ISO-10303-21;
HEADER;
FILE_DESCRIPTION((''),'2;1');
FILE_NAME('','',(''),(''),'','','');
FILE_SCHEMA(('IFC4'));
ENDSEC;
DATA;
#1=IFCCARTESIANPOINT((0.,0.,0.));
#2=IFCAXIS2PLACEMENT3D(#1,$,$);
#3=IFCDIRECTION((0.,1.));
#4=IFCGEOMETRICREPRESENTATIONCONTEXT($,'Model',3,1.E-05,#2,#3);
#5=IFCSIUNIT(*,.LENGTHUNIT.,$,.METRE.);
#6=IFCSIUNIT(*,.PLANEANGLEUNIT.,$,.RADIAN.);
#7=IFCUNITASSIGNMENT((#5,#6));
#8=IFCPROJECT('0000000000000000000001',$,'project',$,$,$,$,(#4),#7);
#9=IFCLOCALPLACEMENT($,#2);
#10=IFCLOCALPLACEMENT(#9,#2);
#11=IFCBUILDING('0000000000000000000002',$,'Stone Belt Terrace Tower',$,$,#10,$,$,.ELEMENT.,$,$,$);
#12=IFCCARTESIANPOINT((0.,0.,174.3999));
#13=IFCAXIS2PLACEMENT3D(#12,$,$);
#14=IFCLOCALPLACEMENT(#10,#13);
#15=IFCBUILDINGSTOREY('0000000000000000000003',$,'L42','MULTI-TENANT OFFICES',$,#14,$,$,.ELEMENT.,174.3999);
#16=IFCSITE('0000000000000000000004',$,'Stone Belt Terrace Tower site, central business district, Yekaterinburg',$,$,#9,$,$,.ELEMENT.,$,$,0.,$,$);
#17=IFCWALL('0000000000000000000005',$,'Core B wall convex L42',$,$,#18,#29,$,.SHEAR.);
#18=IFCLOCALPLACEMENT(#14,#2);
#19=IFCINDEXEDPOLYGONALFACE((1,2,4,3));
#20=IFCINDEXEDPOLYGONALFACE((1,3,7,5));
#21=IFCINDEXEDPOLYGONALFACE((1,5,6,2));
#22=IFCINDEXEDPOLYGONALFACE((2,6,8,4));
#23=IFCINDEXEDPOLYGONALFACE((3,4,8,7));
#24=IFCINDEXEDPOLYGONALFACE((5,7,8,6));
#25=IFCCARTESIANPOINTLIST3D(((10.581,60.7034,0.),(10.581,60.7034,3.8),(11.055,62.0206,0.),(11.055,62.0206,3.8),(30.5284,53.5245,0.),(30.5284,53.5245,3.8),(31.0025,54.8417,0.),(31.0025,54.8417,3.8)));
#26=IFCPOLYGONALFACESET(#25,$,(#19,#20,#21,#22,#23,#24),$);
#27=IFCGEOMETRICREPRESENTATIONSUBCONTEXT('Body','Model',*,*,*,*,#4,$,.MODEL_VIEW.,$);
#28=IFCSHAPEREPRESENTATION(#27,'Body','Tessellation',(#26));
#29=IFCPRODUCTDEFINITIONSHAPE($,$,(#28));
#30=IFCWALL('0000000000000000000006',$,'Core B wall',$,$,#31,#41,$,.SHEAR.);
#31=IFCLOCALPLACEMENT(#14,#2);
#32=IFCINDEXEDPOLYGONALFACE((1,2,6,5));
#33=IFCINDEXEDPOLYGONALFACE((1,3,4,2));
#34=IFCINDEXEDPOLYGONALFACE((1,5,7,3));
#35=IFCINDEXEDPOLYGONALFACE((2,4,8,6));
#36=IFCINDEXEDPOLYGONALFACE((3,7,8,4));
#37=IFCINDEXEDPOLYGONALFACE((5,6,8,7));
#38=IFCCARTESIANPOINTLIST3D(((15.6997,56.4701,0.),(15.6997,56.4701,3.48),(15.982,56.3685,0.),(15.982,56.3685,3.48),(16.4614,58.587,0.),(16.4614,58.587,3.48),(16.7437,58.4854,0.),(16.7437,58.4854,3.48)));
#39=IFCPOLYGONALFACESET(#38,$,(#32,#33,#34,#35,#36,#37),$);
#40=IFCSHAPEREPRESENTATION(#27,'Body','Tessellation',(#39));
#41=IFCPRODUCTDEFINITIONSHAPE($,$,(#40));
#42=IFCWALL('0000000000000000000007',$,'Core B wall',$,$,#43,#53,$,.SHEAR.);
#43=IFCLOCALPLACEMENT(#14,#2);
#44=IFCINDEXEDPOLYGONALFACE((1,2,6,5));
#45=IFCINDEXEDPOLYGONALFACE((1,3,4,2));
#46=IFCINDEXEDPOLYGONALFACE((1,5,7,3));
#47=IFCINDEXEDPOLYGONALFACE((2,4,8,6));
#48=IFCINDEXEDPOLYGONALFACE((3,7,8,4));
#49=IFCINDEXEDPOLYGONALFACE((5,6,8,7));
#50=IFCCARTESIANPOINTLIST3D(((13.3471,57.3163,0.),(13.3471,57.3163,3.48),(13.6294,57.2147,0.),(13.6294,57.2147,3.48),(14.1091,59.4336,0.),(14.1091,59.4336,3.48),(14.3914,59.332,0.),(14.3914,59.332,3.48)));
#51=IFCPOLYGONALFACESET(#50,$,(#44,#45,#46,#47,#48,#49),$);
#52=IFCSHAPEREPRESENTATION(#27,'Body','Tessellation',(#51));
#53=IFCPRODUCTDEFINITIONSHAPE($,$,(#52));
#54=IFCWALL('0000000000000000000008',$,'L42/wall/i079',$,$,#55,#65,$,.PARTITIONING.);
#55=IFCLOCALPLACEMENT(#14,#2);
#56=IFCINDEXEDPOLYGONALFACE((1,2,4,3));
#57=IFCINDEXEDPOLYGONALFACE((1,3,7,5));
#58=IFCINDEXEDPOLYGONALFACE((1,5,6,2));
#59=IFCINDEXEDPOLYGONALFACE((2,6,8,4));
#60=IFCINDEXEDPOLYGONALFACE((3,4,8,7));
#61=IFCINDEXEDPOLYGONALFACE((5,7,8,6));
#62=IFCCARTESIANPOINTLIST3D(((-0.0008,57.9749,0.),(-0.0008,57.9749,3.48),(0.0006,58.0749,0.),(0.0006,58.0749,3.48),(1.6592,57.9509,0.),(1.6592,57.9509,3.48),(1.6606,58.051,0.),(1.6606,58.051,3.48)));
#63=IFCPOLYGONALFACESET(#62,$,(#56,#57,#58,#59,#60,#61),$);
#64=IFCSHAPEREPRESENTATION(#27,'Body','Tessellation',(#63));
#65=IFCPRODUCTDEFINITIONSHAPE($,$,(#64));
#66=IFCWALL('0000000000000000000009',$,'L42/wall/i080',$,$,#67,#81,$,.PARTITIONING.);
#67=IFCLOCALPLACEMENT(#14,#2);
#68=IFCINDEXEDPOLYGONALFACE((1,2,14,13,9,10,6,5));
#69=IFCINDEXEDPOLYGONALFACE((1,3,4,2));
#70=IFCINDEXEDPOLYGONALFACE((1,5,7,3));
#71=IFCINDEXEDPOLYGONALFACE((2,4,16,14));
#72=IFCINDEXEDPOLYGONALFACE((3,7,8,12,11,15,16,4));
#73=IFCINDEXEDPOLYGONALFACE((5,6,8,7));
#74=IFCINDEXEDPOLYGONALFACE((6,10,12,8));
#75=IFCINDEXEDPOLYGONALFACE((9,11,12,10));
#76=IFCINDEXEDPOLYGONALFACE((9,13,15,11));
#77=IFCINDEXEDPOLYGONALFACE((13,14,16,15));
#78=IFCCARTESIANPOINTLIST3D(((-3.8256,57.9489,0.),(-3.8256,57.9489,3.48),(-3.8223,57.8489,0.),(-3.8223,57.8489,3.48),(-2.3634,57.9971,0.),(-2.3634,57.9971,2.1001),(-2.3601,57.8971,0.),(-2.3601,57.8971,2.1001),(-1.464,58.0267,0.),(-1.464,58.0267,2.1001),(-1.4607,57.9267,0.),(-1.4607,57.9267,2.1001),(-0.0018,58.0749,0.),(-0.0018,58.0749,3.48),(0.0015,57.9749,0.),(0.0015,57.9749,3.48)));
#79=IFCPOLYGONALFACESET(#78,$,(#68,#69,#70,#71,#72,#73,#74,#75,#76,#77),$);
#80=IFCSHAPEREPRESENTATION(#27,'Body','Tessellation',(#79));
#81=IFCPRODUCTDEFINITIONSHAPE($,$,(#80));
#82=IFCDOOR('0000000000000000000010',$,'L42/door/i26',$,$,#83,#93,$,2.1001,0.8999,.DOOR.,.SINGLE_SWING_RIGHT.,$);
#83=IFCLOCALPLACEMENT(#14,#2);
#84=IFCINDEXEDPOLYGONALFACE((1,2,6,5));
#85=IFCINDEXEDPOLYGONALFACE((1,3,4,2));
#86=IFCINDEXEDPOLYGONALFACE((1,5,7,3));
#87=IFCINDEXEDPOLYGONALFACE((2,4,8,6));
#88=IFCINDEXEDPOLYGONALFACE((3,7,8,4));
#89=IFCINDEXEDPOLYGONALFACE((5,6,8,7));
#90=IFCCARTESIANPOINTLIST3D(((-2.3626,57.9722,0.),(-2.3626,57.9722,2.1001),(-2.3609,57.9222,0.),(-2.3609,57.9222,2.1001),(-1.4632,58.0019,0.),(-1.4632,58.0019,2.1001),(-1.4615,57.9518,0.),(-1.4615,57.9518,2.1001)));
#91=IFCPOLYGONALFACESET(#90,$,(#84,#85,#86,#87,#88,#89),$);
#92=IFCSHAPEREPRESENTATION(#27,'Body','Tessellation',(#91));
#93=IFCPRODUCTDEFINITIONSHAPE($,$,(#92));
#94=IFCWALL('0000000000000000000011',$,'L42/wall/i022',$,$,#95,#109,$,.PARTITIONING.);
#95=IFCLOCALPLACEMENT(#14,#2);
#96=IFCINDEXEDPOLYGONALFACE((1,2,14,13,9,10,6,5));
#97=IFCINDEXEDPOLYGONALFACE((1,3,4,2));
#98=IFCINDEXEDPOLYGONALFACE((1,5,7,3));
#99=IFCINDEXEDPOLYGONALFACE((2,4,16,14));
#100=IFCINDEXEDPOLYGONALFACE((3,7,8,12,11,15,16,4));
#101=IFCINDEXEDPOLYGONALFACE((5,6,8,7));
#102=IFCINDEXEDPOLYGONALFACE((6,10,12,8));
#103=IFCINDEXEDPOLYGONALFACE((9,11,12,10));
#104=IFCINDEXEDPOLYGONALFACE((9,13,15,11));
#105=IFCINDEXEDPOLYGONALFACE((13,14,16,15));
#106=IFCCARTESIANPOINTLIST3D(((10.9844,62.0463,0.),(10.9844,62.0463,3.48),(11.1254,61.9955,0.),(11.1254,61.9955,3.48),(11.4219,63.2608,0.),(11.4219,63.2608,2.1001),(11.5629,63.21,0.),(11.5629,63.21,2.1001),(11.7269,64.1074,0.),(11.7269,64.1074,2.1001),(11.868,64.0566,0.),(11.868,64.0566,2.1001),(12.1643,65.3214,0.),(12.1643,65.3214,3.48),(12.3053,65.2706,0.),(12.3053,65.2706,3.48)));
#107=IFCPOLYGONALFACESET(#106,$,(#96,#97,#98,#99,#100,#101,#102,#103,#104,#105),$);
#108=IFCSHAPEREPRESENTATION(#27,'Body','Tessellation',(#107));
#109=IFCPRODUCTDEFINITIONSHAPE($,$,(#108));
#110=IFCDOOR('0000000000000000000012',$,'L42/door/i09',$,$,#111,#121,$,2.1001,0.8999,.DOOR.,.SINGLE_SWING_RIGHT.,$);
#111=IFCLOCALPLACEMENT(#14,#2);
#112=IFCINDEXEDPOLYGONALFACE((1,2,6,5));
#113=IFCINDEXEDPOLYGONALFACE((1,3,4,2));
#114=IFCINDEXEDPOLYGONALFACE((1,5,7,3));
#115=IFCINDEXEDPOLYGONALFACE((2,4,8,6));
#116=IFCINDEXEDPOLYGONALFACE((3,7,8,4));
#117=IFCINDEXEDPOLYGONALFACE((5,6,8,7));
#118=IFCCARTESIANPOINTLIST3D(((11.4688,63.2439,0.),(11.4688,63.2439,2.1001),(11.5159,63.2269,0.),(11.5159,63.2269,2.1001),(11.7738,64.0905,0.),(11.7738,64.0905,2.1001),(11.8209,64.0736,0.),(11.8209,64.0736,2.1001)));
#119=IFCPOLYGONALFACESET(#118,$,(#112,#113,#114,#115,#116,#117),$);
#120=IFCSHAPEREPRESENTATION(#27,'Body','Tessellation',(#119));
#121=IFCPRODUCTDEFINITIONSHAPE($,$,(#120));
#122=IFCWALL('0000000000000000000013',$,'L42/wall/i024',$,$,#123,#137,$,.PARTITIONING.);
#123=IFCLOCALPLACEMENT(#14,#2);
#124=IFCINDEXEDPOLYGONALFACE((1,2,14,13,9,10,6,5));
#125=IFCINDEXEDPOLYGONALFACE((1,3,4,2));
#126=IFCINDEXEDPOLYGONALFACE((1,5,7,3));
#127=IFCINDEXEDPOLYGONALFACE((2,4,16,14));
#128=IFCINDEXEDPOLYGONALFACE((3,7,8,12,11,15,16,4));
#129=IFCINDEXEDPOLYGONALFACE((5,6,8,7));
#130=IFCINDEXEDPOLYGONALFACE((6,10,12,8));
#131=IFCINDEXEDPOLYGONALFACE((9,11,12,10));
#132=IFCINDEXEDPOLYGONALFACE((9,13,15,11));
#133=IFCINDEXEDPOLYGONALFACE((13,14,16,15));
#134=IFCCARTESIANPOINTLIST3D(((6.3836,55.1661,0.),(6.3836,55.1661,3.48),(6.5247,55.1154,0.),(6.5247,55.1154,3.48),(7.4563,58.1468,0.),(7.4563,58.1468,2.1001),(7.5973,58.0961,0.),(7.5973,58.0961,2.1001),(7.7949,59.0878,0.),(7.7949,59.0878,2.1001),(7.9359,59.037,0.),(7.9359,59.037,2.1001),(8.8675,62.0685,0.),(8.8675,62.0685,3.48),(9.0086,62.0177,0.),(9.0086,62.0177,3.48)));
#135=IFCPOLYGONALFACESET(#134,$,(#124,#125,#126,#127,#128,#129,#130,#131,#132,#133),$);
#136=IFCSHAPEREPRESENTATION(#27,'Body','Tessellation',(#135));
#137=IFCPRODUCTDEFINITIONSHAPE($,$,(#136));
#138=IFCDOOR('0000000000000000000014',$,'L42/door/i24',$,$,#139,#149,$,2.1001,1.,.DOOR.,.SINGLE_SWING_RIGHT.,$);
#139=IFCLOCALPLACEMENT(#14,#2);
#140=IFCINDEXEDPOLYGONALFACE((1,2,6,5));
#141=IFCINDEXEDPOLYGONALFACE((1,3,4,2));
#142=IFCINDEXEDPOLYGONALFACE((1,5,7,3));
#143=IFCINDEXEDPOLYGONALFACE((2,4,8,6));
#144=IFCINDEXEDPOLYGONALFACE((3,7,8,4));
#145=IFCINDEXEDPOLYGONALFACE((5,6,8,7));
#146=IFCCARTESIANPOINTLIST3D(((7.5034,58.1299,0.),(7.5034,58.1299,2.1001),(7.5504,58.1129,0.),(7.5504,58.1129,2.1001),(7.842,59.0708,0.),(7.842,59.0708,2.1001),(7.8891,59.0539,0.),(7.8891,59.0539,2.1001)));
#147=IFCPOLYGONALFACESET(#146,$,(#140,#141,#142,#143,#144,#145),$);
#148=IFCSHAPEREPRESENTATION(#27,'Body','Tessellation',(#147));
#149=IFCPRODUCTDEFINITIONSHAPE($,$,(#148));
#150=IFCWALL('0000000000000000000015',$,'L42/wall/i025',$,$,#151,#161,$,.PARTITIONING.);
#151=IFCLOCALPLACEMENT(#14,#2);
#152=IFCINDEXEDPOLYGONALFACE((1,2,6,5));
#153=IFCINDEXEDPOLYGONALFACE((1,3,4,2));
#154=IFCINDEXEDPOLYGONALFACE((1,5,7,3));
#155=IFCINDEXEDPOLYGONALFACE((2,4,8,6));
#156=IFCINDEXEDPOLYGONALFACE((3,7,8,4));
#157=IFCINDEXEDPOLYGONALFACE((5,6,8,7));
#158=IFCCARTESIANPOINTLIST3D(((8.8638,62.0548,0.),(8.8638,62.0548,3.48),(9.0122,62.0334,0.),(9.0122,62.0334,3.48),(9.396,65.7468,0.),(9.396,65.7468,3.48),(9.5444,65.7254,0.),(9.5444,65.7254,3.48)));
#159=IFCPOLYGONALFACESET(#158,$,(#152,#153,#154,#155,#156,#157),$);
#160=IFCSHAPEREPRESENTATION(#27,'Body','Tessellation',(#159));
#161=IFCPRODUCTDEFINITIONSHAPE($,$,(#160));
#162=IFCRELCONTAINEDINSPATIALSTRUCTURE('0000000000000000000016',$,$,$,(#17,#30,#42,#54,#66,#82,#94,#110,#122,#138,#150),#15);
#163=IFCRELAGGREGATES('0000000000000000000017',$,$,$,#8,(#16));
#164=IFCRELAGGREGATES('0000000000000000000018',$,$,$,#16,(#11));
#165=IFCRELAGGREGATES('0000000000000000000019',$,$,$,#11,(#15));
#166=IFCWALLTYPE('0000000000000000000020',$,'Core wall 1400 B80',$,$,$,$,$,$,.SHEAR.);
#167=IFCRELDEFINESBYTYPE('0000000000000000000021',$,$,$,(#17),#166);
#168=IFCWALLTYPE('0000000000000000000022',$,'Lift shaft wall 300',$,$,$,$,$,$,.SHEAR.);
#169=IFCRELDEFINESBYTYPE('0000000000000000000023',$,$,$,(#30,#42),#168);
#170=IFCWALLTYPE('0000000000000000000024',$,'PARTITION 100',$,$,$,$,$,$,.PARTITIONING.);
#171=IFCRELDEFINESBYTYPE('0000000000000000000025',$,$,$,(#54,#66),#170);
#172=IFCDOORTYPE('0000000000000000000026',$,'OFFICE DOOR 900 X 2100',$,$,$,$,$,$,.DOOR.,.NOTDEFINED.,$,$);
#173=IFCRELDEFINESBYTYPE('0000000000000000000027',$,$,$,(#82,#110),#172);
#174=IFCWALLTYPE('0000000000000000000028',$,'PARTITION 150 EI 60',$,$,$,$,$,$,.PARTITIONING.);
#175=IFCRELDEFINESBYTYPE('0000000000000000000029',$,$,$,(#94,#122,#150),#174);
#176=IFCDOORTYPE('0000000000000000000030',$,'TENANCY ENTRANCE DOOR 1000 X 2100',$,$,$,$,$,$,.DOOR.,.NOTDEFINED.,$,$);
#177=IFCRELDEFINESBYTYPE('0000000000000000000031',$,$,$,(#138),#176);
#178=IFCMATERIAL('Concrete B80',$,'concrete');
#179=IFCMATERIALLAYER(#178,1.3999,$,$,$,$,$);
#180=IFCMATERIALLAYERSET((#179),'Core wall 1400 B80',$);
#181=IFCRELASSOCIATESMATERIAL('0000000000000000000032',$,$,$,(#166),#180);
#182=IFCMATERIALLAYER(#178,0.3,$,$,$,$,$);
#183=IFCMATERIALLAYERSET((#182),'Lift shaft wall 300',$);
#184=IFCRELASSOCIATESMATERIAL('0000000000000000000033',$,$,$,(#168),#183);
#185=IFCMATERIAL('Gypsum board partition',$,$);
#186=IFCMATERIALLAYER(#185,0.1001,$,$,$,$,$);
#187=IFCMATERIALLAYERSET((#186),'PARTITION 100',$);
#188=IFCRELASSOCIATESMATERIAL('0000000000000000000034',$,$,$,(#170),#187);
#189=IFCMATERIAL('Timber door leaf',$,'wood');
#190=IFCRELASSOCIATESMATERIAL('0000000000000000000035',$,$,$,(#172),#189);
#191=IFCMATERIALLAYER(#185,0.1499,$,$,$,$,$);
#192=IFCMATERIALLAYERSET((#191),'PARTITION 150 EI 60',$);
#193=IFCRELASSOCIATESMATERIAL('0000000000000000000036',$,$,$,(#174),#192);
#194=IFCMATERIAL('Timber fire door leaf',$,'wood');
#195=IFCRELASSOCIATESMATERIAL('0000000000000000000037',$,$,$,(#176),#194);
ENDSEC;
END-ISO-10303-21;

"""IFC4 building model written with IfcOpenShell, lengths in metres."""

from ifc_helpers import new_model, si_unit, direction, frame, frame_2d, origin, place, context, subcontext, project, spatial, rectangle, extrude, material, layer, layer_set, type_object, element, fill, save


model = new_model("IFC4")

# Units and contexts
model_context = context("Model", 3, precision=1e-05, world=origin(), true_north=direction((0.0, 1.0)))
body_context = subcontext(model_context, "Body", "Model", "MODEL_VIEW")
ifc_project = project(units=[si_unit("LENGTHUNIT", "METRE"), si_unit("PLANEANGLEUNIT", "RADIAN")], contexts=[model_context])

# Site, building, storey
site_placement = place(None, origin())
site = spatial("IfcSite", under=ifc_project, at=site_placement, Name="Stone Belt Terrace Tower site, central business district, Yekaterinburg", CompositionType="ELEMENT", RefElevation=0.0)
building_placement = place(site_placement, origin())
building = spatial("IfcBuilding", under=site, at=building_placement, Name="Stone Belt Terrace Tower", CompositionType="ELEMENT")
storey_placement = place(building_placement, frame((0.0, 0.0, 174.3999)))
storey = spatial("IfcBuildingStorey", under=building, at=storey_placement, Name="L42", Description="MULTI-TENANT OFFICES", CompositionType="ELEMENT", Elevation=174.3999)

# Shared definitions
ifc_material_1 = material(Name="Concrete B80", Category="concrete")

# Shared definitions
ifc_material_2 = material(Name="Timber door leaf", Category="wood")

# Walls
ifc_layer_1 = layer(ifc_material_1, 1.3999)
ifc_layer_set_1 = layer_set([ifc_layer_1], Name="Core wall 1400 B80")
wall_type_1 = type_object("IfcWallType", Name="Core wall 1400 B80", PredefinedType="SHEAR", material=ifc_layer_set_1)
wall_1_placement = place(storey_placement, frame((10.8179, 61.3621, 0.0), z_axis=(0.0, 0.0, 1.0), x_axis=(0.94092, -0.33863, 0.0)))
element("IfcWall", 1, at=wall_1_placement, inside=storey, type_object=wall_type_1, Name="Core B wall convex L42", PredefinedType="SHEAR", context=body_context, shape_type="SweptSolid", body=[
    extrude(rectangle(XDim=21.2, YDim=1.3999, at=frame_2d((10.6001, 0.0))), origin(), (0.0, 0.0, 1.0), 3.8),
])
ifc_layer_2 = layer(ifc_material_1, 0.3)
ifc_layer_set_2 = layer_set([ifc_layer_2], Name="Lift shaft wall 300")
wall_type_2 = type_object("IfcWallType", Name="Lift shaft wall 300", PredefinedType="SHEAR", material=ifc_layer_set_2)
wall_2_placement = place(storey_placement, frame((15.8408, 56.4192, 0.0), z_axis=(0.0, 0.0, 1.0), x_axis=(0.33857, 0.940941, 0.0)))
element("IfcWall", 2, at=wall_2_placement, inside=storey, type_object=wall_type_2, Name="Core B wall", PredefinedType="SHEAR", context=body_context, shape_type="SweptSolid", body=[
    extrude(rectangle(XDim=2.2498, YDim=0.3, at=frame_2d((1.125, 0.0))), origin(), (0.0, 0.0, 1.0), 3.48),
])
wall_3_placement = place(storey_placement, frame((13.4883, 57.2656, 0.0), z_axis=(0.0, 0.0, 1.0), x_axis=(0.338631, 0.940919, 0.0)))
element("IfcWall", 3, at=wall_3_placement, inside=storey, type_object=wall_type_2, Name="Core B wall", PredefinedType="SHEAR", context=body_context, shape_type="SweptSolid", body=[
    extrude(rectangle(XDim=2.2502, YDim=0.3, at=frame_2d((1.125, 0.0))), origin(), (0.0, 0.0, 1.0), 3.48),
])
ifc_material_3 = material(Name="Gypsum board partition")
ifc_layer_3 = layer(ifc_material_3, 0.1001)
ifc_layer_set_3 = layer_set([ifc_layer_3], Name="PARTITION 100")
wall_type_3 = type_object("IfcWallType", Name="PARTITION 100", PredefinedType="PARTITIONING", material=ifc_layer_set_3)
wall_4_placement = place(storey_placement, frame((1.6599, 58.001, 0.0), z_axis=(0.0, 0.0, 1.0), x_axis=(-0.999896, 0.014412, 0.0)))
element("IfcWall", 4, at=wall_4_placement, inside=storey, type_object=wall_type_3, Name="L42/wall/i079", PredefinedType="PARTITIONING", context=body_context, shape_type="SweptSolid", body=[
    extrude(rectangle(XDim=1.6602, YDim=0.1001, at=frame_2d((0.8301, 0.0))), origin(), (0.0, 0.0, 1.0), 3.48),
])

# Walls, openings, doors
wall_5_placement = place(storey_placement, frame((0.0, 58.0249, 0.0), z_axis=(0.0, 0.0, 1.0), x_axis=(-0.999458, -0.032926, 0.0)))
wall_5 = element("IfcWall", 5, at=wall_5_placement, inside=storey, type_object=wall_type_3, Name="L42/wall/i080", PredefinedType="PARTITIONING", context=body_context, shape_type="SweptSolid", body=[
    extrude(rectangle(XDim=3.8259, YDim=0.1001, at=frame_2d((1.9131, 0.0))), origin(), (0.0, 0.0, 1.0), 3.48),
])
opening_1_placement = place(wall_5_placement, frame((1.4631, 0.0, 0.0)))
opening_1 = element("IfcOpeningElement", 6, at=opening_1_placement, cuts=wall_5, PredefinedType="OPENING", context=body_context, shape_type="SweptSolid", body=[
    extrude(rectangle(XDim=0.8999, YDim=2.1001, at=frame_2d((0.45, 1.05))), frame((0.0, 0.0601, 0.0), z_axis=(0.0, -1.0, 0.0), x_axis=(1.0, 0.0, 0.0)), (0.0, 0.0, 1.0), 0.1201),
])
door_type_1 = type_object("IfcDoorType", Name="OFFICE DOOR 900 X 2100", OperationType="NOTDEFINED", PredefinedType="DOOR", material=ifc_material_2)
door_1_placement = place(opening_1_placement, origin())
door_1 = element("IfcDoor", 7, at=door_1_placement, inside=storey, type_object=door_type_1, Name="L42/door/i26", OperationType="SINGLE_SWING_RIGHT", OverallHeight=2.1001, OverallWidth=0.8999, PredefinedType="DOOR", context=body_context, shape_type="SweptSolid", body=[
    extrude(rectangle(XDim=0.8999, YDim=2.1001, at=frame_2d((0.45, 1.05))), frame((0.0, 0.0249, 0.0), z_axis=(0.0, -1.0, 0.0), x_axis=(1.0, 0.0, 0.0)), (0.0, 0.0, 1.0), 0.05),
])
fill(opening_1, door_1)
ifc_layer_4 = layer(ifc_material_3, 0.1499)
ifc_layer_set_4 = layer_set([ifc_layer_4], Name="PARTITION 150 EI 60")
wall_type_4 = type_object("IfcWallType", Name="PARTITION 150 EI 60", PredefinedType="PARTITIONING", material=ifc_layer_set_4)
wall_6_placement = place(storey_placement, frame((12.2349, 65.2961, 0.0), z_axis=(0.0, 0.0, 1.0), x_axis=(-0.338943, -0.940807, 0.0)))
wall_6 = element("IfcWall", 8, at=wall_6_placement, inside=storey, type_object=wall_type_4, Name="L42/wall/i022", PredefinedType="PARTITIONING", context=body_context, shape_type="SweptSolid", body=[
    extrude(rectangle(XDim=3.4812, YDim=0.1499, at=frame_2d((1.7407, 0.0))), origin(), (0.0, 0.0, 1.0), 3.48),
])
opening_2_placement = place(wall_6_placement, frame((1.2905, 0.0, 0.0)))
opening_2 = element("IfcOpeningElement", 9, at=opening_2_placement, cuts=wall_6, PredefinedType="OPENING", context=body_context, shape_type="SweptSolid", body=[
    extrude(rectangle(XDim=0.8999, YDim=2.1001, at=frame_2d((0.45, 1.05))), frame((0.0, 0.085, 0.0), z_axis=(0.0, -1.0, 0.0), x_axis=(1.0, 0.0, 0.0)), (0.0, 0.0, 1.0), 0.1699),
])
door_2_placement = place(opening_2_placement, origin())
door_2 = element("IfcDoor", 10, at=door_2_placement, inside=storey, type_object=door_type_1, Name="L42/door/i09", OperationType="SINGLE_SWING_RIGHT", OverallHeight=2.1001, OverallWidth=0.8999, PredefinedType="DOOR", context=body_context, shape_type="SweptSolid", body=[
    extrude(rectangle(XDim=0.8999, YDim=2.1001, at=frame_2d((0.45, 1.05))), frame((0.0, 0.0249, 0.0), z_axis=(0.0, -1.0, 0.0), x_axis=(1.0, 0.0, 0.0)), (0.0, 0.0, 1.0), 0.05),
])
fill(opening_2, door_2)
wall_7_placement = place(storey_placement, frame((6.4541, 55.1406, 0.0), z_axis=(0.0, 0.0, 1.0), x_axis=(0.338604, 0.940929, 0.0)))
wall_7 = element("IfcWall", 11, at=wall_7_placement, inside=storey, type_object=wall_type_4, Name="L42/wall/i024", PredefinedType="PARTITIONING", context=body_context, shape_type="SweptSolid", body=[
    extrude(rectangle(XDim=7.3357, YDim=0.1499, at=frame_2d((3.668, 0.0))), origin(), (0.0, 0.0, 1.0), 3.48),
])
opening_3_placement = place(wall_7_placement, frame((3.168, 0.0, 0.0)))
opening_3 = element("IfcOpeningElement", 12, at=opening_3_placement, cuts=wall_7, PredefinedType="OPENING", context=body_context, shape_type="SweptSolid", body=[
    extrude(rectangle(XDim=1.0, YDim=2.1001, at=frame_2d((0.5, 1.05))), frame((0.0, 0.085, 0.0), z_axis=(0.0, -1.0, 0.0), x_axis=(1.0, 0.0, 0.0)), (0.0, 0.0, 1.0), 0.1699),
])
ifc_material_4 = material(Name="Timber fire door leaf", Category="wood")
door_type_2 = type_object("IfcDoorType", Name="TENANCY ENTRANCE DOOR 1000 X 2100", OperationType="NOTDEFINED", PredefinedType="DOOR", material=ifc_material_4)
door_3_placement = place(opening_3_placement, origin())
door_3 = element("IfcDoor", 13, at=door_3_placement, inside=storey, type_object=door_type_2, Name="L42/door/i24", OperationType="SINGLE_SWING_RIGHT", OverallHeight=2.1001, OverallWidth=1.0, PredefinedType="DOOR", context=body_context, shape_type="SweptSolid", body=[
    extrude(rectangle(XDim=1.0, YDim=2.1001, at=frame_2d((0.5, 1.05))), frame((0.0, 0.0249, 0.0), z_axis=(0.0, -1.0, 0.0), x_axis=(1.0, 0.0, 0.0)), (0.0, 0.0, 1.0), 0.05),
])
fill(opening_3, door_3)

# Wall
wall_8_placement = place(storey_placement, frame((8.938, 62.0439, 0.0), z_axis=(0.0, 0.0, 1.0), x_axis=(0.142677, 0.989769, 0.0)))
element("IfcWall", 14, at=wall_8_placement, inside=storey, type_object=wall_type_4, Name="L42/wall/i025", PredefinedType="PARTITIONING", context=body_context, shape_type="SweptSolid", body=[
    extrude(rectangle(XDim=3.7302, YDim=0.1499, at=frame_2d((1.8652, 0.0))), origin(), (0.0, 0.0, 1.0), 3.48),
])

save(model, "model.ifc")
